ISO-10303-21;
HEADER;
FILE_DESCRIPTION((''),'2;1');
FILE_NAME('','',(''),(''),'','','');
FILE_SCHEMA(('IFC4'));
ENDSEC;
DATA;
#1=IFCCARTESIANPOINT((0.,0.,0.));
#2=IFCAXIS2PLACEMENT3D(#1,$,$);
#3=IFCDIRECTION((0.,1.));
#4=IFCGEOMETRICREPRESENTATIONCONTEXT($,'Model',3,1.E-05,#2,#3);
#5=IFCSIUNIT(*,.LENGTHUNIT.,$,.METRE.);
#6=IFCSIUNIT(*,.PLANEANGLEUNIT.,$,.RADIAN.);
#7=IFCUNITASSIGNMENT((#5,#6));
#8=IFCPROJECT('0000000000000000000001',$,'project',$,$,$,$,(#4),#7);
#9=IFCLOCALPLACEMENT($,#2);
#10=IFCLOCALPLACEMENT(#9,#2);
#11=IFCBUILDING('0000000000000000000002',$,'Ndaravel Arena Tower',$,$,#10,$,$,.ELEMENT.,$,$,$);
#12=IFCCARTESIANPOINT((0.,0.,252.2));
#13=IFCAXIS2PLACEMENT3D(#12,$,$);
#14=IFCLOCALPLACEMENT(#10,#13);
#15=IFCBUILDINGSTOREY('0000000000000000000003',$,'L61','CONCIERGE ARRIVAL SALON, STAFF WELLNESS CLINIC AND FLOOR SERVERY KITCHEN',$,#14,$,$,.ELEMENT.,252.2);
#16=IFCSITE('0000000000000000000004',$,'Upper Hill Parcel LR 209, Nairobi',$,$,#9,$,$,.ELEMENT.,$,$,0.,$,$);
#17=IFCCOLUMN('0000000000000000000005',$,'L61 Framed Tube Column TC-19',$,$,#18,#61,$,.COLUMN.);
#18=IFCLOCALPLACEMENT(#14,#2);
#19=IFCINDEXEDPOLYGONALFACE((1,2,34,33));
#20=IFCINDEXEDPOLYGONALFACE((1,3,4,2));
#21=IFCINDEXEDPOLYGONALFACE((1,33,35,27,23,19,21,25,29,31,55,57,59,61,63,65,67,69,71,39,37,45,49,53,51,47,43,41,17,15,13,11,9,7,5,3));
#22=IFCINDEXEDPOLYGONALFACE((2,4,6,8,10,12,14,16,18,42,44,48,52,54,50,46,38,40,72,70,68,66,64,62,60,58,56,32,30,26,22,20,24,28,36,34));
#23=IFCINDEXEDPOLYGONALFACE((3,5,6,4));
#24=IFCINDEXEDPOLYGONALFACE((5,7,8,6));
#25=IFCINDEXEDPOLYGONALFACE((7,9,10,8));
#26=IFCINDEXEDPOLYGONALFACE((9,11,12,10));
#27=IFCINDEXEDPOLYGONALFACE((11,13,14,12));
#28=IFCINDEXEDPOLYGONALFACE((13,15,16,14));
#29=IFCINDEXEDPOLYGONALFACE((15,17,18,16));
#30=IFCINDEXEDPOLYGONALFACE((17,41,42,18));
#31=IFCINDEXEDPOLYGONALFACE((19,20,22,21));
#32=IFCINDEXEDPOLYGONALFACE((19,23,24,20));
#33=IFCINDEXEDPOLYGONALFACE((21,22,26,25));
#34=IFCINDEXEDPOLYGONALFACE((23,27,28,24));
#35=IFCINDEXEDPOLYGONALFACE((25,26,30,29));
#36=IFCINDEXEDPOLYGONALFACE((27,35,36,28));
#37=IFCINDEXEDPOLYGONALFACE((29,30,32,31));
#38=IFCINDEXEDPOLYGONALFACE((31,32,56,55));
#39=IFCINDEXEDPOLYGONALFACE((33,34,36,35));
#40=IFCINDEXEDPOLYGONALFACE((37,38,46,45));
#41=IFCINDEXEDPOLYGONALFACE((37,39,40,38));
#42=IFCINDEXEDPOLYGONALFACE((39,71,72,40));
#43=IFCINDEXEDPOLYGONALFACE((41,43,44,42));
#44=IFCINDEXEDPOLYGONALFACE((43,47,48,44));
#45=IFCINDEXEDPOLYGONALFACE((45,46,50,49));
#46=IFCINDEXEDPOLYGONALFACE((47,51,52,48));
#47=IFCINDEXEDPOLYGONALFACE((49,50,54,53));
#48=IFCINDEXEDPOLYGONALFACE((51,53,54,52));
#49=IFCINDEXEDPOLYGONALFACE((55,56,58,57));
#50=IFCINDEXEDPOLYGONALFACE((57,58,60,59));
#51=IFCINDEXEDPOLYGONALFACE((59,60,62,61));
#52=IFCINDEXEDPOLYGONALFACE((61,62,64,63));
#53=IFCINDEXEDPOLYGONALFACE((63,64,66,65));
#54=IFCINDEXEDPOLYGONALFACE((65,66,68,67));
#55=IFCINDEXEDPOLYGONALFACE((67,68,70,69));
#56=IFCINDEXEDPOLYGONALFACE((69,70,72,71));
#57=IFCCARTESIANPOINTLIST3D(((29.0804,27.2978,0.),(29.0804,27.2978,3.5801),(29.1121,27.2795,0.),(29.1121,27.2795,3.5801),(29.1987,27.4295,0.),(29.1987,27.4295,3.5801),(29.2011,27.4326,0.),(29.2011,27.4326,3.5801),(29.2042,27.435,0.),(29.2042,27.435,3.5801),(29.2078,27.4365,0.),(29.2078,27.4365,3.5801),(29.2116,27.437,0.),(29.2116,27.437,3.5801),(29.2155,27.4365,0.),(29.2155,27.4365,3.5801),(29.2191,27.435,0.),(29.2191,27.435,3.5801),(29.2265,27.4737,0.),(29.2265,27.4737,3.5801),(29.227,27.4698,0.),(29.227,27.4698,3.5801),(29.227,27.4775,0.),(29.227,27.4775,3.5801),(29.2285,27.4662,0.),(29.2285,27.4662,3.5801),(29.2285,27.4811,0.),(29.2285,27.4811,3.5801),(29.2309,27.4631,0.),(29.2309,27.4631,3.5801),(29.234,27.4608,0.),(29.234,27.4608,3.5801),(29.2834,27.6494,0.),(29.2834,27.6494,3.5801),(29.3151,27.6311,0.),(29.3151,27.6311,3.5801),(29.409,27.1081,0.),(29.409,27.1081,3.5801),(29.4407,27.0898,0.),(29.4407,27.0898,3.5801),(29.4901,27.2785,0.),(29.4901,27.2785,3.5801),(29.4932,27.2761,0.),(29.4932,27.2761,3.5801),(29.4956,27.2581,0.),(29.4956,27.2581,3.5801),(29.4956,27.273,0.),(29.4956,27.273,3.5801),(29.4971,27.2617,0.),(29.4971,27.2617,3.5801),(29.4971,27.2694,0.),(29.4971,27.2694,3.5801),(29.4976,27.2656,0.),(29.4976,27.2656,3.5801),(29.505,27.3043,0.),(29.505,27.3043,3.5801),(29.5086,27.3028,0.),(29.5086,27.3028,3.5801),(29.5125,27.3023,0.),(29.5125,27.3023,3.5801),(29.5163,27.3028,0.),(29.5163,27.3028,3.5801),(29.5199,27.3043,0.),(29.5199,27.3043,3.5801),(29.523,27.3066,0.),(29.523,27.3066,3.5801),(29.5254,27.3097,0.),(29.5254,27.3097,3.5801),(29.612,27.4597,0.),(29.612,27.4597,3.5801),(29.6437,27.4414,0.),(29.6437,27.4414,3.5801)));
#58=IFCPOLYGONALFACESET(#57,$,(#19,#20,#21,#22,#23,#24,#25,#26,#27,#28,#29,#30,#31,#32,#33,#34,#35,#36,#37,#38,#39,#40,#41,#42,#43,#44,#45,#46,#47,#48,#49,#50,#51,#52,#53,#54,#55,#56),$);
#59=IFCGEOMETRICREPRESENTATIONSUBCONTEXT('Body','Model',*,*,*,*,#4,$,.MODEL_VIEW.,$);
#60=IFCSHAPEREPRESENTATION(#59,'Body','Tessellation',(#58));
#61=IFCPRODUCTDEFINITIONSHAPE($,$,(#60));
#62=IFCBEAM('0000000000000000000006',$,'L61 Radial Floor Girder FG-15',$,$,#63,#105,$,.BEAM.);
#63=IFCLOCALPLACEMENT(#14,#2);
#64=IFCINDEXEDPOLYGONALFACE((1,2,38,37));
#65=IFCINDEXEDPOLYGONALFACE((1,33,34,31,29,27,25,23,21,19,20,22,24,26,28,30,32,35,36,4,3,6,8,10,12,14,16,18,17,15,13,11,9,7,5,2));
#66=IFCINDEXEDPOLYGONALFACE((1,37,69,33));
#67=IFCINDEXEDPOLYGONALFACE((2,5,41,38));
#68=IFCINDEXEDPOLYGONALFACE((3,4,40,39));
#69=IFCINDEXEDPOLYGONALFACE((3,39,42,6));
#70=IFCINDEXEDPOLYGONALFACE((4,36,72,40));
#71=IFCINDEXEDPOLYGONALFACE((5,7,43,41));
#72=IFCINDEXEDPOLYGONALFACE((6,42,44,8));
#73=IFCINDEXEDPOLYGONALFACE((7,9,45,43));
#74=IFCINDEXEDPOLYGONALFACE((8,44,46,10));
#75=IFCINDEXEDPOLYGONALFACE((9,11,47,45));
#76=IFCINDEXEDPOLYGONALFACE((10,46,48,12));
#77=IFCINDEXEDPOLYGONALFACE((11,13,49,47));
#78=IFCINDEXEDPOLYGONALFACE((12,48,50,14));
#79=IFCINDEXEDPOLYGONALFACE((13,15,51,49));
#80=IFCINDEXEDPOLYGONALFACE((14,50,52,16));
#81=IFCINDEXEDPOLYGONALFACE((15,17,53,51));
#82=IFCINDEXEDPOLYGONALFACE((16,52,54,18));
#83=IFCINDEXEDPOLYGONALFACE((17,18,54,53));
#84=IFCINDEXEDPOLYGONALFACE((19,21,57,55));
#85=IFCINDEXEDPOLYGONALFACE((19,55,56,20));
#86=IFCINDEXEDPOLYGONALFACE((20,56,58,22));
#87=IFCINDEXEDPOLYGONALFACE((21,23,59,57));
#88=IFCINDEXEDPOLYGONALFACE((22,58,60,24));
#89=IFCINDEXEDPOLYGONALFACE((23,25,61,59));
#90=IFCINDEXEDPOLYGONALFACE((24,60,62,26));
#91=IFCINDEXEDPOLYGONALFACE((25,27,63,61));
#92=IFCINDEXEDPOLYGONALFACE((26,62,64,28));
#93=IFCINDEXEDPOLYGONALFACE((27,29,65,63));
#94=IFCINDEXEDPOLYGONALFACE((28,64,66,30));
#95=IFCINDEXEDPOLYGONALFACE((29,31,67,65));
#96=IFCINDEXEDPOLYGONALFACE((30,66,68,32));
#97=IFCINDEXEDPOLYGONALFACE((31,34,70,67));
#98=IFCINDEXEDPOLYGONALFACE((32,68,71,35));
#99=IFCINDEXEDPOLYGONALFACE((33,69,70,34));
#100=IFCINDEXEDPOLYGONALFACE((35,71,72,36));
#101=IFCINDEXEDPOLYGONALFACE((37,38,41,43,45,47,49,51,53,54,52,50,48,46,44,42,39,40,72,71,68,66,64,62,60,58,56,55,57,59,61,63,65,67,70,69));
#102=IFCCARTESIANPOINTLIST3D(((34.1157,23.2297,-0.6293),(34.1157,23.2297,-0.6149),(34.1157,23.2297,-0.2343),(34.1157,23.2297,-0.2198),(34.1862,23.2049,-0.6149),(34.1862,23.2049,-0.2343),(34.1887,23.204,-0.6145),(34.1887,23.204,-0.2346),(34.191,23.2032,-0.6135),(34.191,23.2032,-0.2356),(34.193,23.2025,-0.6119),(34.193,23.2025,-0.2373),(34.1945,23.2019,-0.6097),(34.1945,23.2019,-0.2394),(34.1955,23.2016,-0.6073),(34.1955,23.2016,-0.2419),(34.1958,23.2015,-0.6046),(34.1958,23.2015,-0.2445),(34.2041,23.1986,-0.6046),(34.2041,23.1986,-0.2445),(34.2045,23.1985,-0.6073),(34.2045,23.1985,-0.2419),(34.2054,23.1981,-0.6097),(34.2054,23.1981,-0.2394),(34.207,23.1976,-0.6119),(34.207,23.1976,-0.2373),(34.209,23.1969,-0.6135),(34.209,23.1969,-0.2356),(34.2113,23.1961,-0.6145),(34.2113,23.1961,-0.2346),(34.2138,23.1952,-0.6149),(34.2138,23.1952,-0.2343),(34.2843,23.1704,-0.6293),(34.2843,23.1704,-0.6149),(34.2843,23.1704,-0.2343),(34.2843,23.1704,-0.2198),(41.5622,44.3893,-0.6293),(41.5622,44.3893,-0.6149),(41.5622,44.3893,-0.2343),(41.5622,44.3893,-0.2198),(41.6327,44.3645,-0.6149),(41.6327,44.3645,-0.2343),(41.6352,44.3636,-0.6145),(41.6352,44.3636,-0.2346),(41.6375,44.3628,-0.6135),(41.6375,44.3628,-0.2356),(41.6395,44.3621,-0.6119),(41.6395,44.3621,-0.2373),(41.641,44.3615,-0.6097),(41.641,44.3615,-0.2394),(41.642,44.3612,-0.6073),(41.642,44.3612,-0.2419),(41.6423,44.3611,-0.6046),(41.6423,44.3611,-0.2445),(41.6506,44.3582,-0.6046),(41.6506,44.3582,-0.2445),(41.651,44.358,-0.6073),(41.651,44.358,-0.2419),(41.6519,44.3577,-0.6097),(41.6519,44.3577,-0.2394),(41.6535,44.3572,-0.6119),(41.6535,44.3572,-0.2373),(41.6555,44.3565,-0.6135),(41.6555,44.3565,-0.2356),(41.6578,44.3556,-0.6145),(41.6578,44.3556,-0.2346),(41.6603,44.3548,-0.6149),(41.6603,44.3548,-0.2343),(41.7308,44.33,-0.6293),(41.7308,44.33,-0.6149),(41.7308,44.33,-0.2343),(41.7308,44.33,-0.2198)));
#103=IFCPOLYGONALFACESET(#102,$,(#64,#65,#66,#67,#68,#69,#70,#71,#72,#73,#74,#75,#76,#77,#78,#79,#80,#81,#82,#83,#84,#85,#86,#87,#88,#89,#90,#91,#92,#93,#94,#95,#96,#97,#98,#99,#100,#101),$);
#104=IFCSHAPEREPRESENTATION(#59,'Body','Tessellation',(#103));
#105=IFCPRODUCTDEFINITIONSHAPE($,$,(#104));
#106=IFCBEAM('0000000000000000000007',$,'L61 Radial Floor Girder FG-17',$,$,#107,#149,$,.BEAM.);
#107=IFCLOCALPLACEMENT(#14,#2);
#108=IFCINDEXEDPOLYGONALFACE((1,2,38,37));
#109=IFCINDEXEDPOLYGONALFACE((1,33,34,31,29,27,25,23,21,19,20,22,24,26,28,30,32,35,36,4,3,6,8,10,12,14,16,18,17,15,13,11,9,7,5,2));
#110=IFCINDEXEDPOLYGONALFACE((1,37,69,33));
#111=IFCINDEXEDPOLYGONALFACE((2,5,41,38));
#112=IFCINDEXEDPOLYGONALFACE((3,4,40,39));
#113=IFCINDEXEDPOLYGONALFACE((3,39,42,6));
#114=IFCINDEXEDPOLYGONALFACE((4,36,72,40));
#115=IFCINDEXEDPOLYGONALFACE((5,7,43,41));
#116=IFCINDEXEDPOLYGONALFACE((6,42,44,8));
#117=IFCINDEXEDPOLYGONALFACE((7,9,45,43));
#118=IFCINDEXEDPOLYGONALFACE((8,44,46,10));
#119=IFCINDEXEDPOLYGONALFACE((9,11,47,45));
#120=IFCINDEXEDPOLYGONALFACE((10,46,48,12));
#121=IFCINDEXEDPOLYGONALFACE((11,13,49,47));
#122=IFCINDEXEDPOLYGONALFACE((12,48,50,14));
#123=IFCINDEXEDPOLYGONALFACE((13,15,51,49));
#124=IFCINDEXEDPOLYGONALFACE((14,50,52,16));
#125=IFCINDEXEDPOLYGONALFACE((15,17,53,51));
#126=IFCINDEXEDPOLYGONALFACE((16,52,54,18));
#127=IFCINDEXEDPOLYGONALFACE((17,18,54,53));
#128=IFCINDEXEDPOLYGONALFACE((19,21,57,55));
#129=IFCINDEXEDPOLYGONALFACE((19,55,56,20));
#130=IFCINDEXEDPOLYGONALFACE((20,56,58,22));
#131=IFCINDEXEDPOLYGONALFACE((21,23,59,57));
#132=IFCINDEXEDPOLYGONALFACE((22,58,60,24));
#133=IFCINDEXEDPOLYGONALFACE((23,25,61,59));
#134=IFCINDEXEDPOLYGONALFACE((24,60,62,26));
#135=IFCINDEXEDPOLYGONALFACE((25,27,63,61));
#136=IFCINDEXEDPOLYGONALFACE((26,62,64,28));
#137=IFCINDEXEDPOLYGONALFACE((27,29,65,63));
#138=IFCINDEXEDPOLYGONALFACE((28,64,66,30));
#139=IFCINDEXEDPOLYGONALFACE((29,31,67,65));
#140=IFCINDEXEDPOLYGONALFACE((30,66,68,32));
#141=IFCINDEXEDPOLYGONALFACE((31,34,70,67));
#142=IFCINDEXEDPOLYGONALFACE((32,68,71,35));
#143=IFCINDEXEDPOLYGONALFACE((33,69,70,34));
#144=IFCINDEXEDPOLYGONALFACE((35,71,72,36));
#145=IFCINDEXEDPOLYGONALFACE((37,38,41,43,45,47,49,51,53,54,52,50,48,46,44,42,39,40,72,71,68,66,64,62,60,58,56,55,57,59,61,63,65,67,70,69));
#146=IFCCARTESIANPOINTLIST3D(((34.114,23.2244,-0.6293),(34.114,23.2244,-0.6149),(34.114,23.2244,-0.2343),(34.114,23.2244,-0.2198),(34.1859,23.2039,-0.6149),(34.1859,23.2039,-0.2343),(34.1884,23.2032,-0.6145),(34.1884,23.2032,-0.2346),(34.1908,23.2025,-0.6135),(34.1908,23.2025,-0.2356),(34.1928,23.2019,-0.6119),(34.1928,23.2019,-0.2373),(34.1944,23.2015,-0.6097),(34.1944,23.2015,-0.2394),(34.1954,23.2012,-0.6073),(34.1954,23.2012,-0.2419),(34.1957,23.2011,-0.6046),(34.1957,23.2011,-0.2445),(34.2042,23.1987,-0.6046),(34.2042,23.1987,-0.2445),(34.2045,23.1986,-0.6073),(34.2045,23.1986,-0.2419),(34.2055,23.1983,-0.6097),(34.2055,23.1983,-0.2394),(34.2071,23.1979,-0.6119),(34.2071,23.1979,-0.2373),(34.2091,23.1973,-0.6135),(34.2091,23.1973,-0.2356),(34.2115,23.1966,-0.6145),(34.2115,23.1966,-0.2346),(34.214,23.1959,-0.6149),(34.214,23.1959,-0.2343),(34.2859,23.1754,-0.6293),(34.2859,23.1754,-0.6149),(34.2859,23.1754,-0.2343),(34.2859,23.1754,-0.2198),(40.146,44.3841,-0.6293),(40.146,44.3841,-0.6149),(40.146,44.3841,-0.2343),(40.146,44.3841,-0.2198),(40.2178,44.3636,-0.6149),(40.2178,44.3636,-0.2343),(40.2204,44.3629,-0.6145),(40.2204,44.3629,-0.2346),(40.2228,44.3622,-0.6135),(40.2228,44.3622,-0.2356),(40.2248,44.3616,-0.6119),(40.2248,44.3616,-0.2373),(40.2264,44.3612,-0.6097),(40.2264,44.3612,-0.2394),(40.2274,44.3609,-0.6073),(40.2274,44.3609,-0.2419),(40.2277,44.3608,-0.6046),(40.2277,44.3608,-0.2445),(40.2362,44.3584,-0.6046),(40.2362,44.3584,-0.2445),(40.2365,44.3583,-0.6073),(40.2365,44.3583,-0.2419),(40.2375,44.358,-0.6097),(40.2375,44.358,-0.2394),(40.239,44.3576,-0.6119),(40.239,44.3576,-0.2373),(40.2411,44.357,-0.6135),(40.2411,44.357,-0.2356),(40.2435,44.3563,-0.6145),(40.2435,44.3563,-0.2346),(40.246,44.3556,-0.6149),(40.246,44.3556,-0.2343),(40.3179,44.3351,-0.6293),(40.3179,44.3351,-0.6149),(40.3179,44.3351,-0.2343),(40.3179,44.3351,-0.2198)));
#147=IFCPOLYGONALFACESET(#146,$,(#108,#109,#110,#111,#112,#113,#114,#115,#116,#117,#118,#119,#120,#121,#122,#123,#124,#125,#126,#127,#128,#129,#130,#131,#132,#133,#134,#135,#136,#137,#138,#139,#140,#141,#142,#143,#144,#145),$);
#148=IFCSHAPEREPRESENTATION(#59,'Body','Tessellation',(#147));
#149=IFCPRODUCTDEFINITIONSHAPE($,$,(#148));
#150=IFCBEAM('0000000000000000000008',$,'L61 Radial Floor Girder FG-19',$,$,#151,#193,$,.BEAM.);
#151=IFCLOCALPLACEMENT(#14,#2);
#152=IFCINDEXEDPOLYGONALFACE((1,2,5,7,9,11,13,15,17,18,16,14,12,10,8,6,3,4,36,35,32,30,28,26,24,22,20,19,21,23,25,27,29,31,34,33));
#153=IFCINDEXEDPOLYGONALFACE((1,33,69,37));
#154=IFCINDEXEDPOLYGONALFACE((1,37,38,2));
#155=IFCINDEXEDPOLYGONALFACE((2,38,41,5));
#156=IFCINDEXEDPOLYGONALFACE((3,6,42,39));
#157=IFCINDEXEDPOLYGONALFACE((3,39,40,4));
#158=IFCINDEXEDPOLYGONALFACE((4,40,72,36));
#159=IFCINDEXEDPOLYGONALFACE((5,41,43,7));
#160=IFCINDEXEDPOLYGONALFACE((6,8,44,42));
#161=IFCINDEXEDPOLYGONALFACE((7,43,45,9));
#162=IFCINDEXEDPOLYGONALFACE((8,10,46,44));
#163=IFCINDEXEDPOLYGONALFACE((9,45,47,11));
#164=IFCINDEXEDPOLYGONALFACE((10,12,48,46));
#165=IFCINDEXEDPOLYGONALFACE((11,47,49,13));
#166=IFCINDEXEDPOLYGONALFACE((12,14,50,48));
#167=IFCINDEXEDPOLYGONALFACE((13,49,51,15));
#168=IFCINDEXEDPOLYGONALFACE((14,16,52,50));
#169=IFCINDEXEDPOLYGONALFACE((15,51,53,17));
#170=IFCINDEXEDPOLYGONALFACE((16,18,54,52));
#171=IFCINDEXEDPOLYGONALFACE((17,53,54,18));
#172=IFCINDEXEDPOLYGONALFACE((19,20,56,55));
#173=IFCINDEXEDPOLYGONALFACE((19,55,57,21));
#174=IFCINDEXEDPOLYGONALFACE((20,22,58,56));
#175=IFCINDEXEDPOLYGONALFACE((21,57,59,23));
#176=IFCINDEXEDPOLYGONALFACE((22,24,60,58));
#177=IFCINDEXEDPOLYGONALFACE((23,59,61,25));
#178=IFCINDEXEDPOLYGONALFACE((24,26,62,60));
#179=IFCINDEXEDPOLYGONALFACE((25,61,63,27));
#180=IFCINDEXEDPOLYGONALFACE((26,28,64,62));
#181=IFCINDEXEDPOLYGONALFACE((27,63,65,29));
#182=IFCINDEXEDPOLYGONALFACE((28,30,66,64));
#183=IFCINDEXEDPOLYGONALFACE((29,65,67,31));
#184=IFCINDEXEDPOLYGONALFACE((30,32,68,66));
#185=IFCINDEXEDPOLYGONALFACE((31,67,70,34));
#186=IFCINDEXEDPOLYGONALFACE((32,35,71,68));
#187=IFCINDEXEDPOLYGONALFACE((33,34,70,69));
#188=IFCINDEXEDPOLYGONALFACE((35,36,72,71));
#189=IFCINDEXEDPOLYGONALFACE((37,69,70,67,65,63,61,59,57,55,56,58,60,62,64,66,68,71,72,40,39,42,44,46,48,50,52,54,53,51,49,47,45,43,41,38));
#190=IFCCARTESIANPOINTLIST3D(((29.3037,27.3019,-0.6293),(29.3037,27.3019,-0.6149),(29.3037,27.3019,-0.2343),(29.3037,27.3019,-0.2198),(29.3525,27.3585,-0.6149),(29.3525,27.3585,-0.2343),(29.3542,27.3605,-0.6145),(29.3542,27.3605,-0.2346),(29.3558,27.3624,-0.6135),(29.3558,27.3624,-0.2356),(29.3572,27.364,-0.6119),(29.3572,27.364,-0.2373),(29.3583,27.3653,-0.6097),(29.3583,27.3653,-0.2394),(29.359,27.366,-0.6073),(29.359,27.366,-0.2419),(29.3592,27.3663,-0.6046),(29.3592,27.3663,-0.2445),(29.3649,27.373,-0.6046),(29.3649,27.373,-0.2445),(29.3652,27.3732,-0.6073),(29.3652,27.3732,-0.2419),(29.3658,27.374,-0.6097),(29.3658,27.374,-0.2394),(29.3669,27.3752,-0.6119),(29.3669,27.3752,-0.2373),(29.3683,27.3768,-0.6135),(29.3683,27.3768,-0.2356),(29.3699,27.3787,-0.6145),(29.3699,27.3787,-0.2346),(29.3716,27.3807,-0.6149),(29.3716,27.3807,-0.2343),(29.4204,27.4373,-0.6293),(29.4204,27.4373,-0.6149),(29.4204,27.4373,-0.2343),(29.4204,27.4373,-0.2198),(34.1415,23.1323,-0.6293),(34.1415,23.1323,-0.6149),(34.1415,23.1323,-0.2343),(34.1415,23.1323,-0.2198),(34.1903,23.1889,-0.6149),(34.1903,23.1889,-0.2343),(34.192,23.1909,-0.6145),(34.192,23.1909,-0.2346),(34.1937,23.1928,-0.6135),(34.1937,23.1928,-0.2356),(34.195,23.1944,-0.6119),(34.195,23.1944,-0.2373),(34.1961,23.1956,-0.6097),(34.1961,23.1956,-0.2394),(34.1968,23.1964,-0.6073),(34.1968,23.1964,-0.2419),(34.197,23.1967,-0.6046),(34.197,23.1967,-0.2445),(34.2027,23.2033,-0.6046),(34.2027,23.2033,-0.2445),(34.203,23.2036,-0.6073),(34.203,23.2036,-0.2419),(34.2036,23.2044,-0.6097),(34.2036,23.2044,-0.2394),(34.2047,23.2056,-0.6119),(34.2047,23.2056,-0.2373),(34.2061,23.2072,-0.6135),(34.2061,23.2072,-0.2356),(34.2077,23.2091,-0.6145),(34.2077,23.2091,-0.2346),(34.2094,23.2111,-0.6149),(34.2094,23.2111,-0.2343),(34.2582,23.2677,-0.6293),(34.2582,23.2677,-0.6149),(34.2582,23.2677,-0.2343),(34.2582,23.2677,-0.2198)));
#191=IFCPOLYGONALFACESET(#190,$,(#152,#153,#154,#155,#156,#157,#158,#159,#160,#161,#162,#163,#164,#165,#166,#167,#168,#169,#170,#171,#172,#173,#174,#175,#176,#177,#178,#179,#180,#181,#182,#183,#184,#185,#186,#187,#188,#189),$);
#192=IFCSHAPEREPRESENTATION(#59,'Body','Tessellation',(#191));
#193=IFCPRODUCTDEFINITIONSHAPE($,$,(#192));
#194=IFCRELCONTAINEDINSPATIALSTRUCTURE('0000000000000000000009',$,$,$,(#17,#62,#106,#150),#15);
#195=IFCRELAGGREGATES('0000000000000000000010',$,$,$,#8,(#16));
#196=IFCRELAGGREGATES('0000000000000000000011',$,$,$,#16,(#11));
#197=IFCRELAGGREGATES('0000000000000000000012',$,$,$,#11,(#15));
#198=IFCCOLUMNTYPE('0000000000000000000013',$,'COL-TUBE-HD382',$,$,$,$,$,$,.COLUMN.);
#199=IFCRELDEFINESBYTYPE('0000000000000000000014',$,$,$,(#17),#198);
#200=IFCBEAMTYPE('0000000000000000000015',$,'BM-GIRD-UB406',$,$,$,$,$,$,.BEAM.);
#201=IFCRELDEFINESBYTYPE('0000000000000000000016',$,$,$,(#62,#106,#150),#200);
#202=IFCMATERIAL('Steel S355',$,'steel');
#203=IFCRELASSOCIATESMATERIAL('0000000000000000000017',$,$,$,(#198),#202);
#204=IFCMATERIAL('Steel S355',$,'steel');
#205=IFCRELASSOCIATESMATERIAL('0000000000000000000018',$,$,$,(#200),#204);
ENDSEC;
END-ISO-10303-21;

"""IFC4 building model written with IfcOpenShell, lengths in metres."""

from ifc_helpers import new_model, si_unit, direction, frame, origin, origin_2d, place, context, subcontext, project, spatial, i_section, extrude, material, material_profile, profile_set, type_object, element, save


model = new_model("IFC4")

# Units and contexts
model_context = context("Model", 3, precision=1e-05, world=origin(), true_north=direction((0.0, 1.0)))
body_context = subcontext(model_context, "Body", "Model", "MODEL_VIEW")
ifc_project = project(units=[si_unit("LENGTHUNIT", "METRE"), si_unit("PLANEANGLEUNIT", "RADIAN")], contexts=[model_context])

# Site, building, storey
site_placement = place(None, origin())
site = spatial("IfcSite", under=ifc_project, at=site_placement, Name="Upper Hill Parcel LR 209, Nairobi", CompositionType="ELEMENT", RefElevation=0.0)
building_placement = place(site_placement, origin())
building = spatial("IfcBuilding", under=site, at=building_placement, Name="Ndaravel Arena Tower", CompositionType="ELEMENT")
storey_placement = place(building_placement, frame((0.0, 0.0, 252.2)))
storey = spatial("IfcBuildingStorey", under=building, at=storey_placement, Name="L61", Description="CONCIERGE ARRIVAL SALON, STAFF WELLNESS CLINIC AND FLOOR SERVERY KITCHEN", CompositionType="ELEMENT", Elevation=252.2)

# Column
ifc_material_1 = material(Name="Steel S355", Category="steel")
ifc_material_profile_1 = material_profile(ifc_material_1, i_section(OverallWidth=0.406, OverallDepth=0.416, WebThickness=0.0298, FlangeThickness=0.0366, FilletRadius=0.0149, at=origin_2d()), Name="HD 400x382")
ifc_profile_set_1 = profile_set([ifc_material_profile_1], Name="Steel S355")
column_type = type_object("IfcColumnType", Name="COL-TUBE-HD382", PredefinedType="COLUMN", material=ifc_profile_set_1)
for number, where, z_axis, x_axis, name in (
    (1, (29.3621, 27.3696, 0.0), (0.0, 0.0, 1.0), (0.5, 0.866025, 0.0), "L61 Framed Tube Column TC-19"),
):
    element("IfcColumn", number, at=place(storey_placement, frame(where, z_axis=z_axis, x_axis=x_axis)), inside=storey, type_object=column_type, Name=name, PredefinedType="COLUMN", context=body_context, shape_type="SweptSolid", body=[
        extrude(i_section(OverallWidth=0.406, OverallDepth=0.416, WebThickness=0.0298, FlangeThickness=0.0366, FilletRadius=0.0149, at=origin_2d()), origin(), (0.0, 0.0, 1.0), 3.5801),
    ])

# Beams
ifc_material_2 = material(Name="Steel S355", Category="steel")
ifc_material_profile_2 = material_profile(ifc_material_2, i_section(OverallWidth=0.1787, OverallDepth=0.4094, WebThickness=0.0088, FlangeThickness=0.0144, FilletRadius=0.0103, at=origin_2d()), Name="UB 406x178x67")
ifc_profile_set_2 = profile_set([ifc_material_profile_2], Name="Steel S355")
beam_type_1 = type_object("IfcBeamType", Name="BM-GIRD-UB406", PredefinedType="BEAM", material=ifc_profile_set_2)
beam_1_placement = place(storey_placement, frame((41.6465, 44.3596, -0.4246), z_axis=(-0.331964, -0.943292, 0.0), x_axis=(0.943292, -0.331964, 0.0)))
element("IfcBeam", 2, at=beam_1_placement, inside=storey, type_object=beam_type_1, Name="L61 Radial Floor Girder FG-15", PredefinedType="BEAM", context=body_context, shape_type="SweptSolid", body=[
    extrude(i_section(OverallWidth=0.1787, OverallDepth=0.4094, WebThickness=0.0088, FlangeThickness=0.0144, FilletRadius=0.0103, at=origin_2d()), origin(), (0.0, 0.0, 1.0), 22.4316),
])
beam_2_placement = place(storey_placement, frame((40.2319, 44.3596, -0.4246), z_axis=(-0.274148, -0.961687, 0.0), x_axis=(0.961687, -0.274148, 0.0)))
element("IfcBeam", 3, at=beam_2_placement, inside=storey, type_object=beam_type_1, Name="L61 Radial Floor Girder FG-17", PredefinedType="BEAM", context=body_context, shape_type="SweptSolid", body=[
    extrude(i_section(OverallWidth=0.1787, OverallDepth=0.4094, WebThickness=0.0088, FlangeThickness=0.0144, FilletRadius=0.0103, at=origin_2d()), origin(), (0.0, 0.0, 1.0), 22.0027),
])
beam_3_placement = place(storey_placement, frame((29.3621, 27.3696, -0.4246), z_axis=(0.757481, -0.652857, 0.0), x_axis=(0.652857, 0.757481, 0.0)))
element("IfcBeam", 4, at=beam_3_placement, inside=storey, type_object=beam_type_1, Name="L61 Radial Floor Girder FG-19", PredefinedType="BEAM", context=body_context, shape_type="SweptSolid", body=[
    extrude(i_section(OverallWidth=0.1787, OverallDepth=0.4094, WebThickness=0.0088, FlangeThickness=0.0144, FilletRadius=0.0103, at=origin_2d()), origin(), (0.0, 0.0, 1.0), 6.3867),
])

save(model, "model.ifc")
